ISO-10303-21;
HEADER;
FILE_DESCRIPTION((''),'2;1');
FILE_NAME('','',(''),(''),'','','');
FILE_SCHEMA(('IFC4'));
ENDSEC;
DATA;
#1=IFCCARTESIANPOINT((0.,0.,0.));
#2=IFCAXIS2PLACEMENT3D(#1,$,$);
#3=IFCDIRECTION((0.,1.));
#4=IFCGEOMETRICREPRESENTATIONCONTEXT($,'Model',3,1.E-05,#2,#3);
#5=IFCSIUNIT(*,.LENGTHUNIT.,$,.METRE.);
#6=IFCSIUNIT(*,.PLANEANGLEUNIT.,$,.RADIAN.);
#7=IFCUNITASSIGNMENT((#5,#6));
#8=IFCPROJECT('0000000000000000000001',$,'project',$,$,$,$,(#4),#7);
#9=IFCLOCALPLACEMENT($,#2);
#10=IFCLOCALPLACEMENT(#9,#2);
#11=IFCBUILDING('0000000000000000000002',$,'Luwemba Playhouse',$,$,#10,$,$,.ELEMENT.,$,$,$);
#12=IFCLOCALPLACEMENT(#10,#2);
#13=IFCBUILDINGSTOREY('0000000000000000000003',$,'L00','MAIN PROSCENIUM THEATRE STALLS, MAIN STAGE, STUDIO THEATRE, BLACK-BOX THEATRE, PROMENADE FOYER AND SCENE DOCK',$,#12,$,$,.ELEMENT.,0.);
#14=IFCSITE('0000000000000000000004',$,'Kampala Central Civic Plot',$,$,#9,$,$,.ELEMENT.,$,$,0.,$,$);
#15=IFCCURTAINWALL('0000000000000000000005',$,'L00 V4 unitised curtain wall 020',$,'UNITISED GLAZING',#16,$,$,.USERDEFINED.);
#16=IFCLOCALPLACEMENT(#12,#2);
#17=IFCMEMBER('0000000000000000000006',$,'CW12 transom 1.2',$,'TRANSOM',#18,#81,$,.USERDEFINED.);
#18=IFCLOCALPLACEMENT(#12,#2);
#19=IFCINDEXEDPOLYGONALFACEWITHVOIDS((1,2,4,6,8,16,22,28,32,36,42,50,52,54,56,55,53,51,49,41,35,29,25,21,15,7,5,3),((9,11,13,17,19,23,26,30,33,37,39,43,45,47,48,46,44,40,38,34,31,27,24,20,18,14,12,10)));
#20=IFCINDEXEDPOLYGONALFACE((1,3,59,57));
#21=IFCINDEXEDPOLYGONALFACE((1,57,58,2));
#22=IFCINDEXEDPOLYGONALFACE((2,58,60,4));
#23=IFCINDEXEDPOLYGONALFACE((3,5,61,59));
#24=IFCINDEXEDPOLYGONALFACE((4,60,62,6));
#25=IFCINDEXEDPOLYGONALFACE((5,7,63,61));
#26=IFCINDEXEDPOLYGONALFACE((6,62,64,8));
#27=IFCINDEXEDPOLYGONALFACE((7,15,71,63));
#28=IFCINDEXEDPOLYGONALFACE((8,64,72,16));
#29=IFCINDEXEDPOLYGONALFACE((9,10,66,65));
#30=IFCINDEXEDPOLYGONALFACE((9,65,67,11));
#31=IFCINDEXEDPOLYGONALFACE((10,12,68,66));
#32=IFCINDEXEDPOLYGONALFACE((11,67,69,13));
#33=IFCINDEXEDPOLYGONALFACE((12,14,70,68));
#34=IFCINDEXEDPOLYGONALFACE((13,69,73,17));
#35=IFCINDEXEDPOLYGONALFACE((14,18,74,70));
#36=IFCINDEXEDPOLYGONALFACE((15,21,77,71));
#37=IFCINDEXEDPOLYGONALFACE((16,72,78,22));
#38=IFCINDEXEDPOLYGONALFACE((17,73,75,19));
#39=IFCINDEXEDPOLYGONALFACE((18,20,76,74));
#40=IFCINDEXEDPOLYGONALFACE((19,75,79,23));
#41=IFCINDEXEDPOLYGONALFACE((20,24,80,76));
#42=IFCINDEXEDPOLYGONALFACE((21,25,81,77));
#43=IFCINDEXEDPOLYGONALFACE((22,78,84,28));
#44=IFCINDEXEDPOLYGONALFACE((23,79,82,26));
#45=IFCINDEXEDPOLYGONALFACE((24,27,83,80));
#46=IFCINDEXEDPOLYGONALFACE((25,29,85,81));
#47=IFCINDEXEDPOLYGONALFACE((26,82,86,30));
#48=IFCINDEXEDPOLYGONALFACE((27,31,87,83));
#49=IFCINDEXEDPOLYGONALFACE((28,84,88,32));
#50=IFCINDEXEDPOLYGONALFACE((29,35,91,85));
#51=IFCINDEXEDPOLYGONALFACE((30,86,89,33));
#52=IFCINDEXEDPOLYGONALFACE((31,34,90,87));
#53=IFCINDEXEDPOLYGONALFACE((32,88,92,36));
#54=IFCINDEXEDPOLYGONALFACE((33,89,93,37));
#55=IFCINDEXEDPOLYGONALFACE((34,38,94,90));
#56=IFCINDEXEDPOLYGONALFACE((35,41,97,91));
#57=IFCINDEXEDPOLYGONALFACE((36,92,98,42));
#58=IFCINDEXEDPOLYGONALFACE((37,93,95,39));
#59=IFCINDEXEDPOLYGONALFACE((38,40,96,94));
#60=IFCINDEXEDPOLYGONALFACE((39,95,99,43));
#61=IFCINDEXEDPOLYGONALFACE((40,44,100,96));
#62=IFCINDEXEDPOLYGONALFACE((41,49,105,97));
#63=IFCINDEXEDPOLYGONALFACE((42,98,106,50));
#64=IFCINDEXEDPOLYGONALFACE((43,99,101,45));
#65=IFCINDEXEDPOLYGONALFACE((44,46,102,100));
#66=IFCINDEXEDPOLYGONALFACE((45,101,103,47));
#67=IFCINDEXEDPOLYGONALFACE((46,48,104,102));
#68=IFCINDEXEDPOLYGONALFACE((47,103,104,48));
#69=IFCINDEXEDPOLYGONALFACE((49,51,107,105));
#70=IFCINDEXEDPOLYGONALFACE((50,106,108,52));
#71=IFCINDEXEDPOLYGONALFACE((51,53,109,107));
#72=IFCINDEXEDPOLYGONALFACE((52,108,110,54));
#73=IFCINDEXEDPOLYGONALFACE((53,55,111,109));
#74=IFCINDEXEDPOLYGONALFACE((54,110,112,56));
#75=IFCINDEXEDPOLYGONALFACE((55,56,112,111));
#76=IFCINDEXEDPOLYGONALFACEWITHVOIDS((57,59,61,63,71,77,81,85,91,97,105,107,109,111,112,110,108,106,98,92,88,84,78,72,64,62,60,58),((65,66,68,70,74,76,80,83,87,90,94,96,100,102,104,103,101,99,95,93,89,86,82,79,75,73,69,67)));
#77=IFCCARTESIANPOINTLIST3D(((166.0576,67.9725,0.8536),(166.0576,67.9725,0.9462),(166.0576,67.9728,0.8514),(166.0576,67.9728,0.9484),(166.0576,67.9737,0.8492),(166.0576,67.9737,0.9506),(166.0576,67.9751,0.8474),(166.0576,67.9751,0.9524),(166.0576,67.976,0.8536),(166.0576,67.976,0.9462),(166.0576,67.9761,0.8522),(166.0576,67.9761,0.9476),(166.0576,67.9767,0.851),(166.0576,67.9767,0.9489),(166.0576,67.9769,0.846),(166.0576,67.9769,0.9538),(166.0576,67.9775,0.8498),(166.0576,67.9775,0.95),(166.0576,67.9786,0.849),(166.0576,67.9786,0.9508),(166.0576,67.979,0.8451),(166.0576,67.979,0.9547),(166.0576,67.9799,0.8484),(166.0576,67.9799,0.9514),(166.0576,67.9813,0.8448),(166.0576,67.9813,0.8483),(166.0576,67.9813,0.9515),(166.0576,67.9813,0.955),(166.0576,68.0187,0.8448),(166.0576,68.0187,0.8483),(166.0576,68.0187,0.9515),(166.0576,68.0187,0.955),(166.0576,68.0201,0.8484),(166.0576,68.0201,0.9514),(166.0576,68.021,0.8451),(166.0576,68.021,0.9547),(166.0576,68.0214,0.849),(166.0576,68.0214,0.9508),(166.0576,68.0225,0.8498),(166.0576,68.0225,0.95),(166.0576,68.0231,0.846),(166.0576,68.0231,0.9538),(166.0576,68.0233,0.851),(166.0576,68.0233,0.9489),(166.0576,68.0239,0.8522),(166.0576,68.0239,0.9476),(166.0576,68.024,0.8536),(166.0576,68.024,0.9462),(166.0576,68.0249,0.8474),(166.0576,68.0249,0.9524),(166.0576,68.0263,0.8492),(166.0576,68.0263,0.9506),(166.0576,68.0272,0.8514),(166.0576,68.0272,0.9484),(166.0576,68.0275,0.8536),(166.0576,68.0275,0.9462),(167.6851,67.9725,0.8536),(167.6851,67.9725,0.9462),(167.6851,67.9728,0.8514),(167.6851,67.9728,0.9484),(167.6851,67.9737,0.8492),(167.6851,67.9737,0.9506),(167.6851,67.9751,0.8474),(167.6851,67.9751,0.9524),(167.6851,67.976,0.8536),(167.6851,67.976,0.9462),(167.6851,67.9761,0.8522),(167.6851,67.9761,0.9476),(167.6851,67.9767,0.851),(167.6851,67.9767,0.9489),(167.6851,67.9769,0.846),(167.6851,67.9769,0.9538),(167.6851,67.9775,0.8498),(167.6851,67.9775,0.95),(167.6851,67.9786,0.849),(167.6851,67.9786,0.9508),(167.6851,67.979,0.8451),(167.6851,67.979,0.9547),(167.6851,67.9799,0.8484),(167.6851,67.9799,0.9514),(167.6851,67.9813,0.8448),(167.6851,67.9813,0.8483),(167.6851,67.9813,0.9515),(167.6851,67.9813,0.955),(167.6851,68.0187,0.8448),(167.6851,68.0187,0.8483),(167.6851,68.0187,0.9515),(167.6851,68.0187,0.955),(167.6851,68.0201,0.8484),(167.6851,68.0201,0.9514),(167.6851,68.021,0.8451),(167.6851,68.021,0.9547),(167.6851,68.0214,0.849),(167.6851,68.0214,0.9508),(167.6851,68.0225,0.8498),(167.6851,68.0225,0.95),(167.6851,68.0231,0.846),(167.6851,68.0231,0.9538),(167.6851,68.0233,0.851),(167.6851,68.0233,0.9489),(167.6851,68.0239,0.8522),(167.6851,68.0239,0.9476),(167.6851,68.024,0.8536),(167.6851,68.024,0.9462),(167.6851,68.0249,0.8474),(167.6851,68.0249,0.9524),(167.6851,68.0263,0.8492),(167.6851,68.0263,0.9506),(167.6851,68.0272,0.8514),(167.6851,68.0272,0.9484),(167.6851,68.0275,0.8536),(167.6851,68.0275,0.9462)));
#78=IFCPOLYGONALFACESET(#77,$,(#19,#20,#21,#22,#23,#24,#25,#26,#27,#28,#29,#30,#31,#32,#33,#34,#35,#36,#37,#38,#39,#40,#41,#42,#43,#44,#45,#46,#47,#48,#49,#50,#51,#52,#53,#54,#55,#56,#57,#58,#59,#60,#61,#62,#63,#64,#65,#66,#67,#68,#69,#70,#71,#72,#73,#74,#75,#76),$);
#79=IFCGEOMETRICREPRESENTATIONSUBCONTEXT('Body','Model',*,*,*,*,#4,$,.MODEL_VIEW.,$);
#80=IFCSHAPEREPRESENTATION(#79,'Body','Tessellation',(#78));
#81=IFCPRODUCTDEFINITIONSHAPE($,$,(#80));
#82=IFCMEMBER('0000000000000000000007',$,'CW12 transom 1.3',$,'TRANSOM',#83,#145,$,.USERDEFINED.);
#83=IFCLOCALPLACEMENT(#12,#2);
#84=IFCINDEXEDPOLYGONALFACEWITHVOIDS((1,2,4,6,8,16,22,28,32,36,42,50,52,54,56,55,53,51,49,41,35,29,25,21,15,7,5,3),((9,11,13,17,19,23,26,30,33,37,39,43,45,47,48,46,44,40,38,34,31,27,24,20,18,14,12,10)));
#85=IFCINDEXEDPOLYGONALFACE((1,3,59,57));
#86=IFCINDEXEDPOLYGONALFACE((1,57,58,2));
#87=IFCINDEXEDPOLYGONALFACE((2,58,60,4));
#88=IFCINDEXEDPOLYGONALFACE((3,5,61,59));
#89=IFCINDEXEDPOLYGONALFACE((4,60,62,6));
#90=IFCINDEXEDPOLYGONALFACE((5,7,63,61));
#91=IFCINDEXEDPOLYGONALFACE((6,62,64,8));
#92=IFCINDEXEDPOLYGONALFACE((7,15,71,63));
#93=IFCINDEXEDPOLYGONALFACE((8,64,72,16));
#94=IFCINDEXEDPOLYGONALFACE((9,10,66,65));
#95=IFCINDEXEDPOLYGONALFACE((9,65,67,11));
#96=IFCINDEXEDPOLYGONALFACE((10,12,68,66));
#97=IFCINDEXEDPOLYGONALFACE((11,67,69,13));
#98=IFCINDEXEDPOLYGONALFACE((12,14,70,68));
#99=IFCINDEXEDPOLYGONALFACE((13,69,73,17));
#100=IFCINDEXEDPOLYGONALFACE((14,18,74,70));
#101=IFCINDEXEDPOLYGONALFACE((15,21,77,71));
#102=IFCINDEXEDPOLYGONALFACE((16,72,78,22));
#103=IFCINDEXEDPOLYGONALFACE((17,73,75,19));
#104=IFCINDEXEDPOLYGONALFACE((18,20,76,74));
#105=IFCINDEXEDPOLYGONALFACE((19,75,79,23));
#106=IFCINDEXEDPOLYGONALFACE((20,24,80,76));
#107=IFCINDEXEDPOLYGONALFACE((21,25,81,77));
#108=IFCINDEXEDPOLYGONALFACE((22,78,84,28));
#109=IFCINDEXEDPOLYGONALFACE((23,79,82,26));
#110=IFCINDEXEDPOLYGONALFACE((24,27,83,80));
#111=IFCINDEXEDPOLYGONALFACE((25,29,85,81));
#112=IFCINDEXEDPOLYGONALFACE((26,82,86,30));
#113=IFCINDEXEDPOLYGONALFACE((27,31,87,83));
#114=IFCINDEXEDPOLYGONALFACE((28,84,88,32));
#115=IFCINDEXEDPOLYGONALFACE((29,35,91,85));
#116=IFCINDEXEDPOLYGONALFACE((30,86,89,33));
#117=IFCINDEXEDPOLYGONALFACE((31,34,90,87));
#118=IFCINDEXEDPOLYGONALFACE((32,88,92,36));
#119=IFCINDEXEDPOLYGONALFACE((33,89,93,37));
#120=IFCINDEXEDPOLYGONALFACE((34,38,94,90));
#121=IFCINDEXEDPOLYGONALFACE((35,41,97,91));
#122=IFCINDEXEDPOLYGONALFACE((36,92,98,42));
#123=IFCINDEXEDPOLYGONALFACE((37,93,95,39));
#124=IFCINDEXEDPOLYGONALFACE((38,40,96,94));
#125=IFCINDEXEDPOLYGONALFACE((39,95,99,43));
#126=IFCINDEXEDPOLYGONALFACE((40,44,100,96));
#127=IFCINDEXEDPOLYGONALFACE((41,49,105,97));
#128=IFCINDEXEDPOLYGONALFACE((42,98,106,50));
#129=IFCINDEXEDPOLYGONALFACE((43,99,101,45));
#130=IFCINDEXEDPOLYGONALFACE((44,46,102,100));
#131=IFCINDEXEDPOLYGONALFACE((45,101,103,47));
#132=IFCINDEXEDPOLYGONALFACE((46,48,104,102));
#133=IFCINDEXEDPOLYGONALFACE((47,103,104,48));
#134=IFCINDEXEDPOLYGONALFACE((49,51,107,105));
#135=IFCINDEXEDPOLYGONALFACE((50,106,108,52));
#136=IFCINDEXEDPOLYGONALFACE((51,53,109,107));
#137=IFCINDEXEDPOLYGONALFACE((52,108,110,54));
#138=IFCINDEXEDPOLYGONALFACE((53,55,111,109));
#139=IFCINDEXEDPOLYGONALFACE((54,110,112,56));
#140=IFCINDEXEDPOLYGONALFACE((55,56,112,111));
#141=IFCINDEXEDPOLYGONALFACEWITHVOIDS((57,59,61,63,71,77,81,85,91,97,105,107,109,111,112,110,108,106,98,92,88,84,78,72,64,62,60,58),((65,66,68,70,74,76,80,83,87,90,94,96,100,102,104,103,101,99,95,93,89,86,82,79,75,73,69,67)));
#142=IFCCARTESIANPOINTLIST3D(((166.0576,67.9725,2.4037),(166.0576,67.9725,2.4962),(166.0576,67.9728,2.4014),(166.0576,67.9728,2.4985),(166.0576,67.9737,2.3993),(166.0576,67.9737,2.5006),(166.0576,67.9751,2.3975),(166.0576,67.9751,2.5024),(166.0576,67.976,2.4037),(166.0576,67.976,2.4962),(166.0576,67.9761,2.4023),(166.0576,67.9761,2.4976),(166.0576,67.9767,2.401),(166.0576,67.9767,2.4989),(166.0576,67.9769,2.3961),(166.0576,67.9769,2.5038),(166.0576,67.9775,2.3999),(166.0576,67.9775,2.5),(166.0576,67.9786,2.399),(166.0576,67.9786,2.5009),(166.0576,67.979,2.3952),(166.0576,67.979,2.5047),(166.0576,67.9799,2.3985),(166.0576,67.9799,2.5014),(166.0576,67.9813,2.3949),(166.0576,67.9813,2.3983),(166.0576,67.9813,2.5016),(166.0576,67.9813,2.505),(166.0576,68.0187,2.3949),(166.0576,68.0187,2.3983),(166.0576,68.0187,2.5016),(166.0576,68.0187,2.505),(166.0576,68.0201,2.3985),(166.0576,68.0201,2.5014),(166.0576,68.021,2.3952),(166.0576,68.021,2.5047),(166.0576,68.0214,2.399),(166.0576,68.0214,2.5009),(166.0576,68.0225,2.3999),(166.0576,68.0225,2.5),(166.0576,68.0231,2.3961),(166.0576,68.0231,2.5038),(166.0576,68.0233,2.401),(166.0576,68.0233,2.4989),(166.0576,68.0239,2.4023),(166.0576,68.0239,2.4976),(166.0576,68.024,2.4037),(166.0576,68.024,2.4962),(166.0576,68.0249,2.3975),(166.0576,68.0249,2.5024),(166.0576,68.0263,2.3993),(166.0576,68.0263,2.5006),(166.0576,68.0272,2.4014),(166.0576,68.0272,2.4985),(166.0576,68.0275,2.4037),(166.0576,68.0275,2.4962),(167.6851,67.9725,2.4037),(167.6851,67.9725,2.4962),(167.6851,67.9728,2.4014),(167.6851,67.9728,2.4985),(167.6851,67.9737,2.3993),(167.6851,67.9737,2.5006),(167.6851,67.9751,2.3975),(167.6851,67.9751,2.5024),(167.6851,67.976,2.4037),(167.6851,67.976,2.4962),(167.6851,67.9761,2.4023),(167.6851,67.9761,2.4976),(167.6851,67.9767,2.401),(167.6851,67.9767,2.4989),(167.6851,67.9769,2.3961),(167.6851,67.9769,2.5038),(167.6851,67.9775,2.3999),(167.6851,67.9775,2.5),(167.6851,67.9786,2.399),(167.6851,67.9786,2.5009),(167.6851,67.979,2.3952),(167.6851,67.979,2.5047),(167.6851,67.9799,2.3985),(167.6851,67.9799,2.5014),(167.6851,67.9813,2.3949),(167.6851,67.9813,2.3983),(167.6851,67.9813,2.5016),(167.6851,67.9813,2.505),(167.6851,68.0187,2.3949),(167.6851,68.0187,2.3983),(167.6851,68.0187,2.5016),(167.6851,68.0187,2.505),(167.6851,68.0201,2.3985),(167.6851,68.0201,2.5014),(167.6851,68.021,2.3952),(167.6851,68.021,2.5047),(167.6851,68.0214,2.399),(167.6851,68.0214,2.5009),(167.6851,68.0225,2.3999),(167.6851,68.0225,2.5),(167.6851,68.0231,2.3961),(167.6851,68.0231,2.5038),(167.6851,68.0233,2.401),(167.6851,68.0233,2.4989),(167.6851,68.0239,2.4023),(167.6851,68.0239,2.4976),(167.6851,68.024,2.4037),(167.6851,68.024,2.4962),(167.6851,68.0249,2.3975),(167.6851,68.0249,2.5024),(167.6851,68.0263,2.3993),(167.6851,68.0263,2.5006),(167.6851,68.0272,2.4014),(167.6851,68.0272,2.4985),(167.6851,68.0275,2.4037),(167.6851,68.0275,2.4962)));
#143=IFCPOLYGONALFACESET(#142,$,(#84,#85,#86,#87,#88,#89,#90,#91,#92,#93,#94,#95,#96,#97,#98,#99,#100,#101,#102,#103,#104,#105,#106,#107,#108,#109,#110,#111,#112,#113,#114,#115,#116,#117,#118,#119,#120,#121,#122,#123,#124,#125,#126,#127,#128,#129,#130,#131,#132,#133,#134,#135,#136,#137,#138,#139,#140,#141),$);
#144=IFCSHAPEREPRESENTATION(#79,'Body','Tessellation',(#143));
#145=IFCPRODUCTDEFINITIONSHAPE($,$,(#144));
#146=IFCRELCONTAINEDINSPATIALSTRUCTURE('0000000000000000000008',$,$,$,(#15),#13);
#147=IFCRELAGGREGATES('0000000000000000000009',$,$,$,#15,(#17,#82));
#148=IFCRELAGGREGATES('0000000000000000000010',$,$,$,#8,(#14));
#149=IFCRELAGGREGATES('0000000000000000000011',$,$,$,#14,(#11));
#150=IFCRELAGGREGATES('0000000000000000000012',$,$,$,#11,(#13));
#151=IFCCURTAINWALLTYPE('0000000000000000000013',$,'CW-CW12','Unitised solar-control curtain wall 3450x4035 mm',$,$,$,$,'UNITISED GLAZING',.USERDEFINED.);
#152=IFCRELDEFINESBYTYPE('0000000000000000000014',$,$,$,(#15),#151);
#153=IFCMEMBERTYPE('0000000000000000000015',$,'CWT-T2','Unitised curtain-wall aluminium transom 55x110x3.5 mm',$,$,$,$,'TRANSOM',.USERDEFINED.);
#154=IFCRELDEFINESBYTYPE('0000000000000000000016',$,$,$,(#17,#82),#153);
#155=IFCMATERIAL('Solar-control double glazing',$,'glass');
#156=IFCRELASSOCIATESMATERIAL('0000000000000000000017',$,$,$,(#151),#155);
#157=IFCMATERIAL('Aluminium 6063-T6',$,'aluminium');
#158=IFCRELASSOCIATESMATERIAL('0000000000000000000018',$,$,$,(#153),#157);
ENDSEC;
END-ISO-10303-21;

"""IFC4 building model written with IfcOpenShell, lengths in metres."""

from ifc_helpers import new_model, si_unit, direction, frame, origin, origin_2d, place, context, subcontext, project, spatial, hollow_rectangle, extrude, material, material_profile, profile_set, type_object, element, aggregate, save


model = new_model("IFC4")

# Units and contexts
model_context = context("Model", 3, precision=1e-05, world=origin(), true_north=direction((0.0, 1.0)))
body_context = subcontext(model_context, "Body", "Model", "MODEL_VIEW")
ifc_project = project(units=[si_unit("LENGTHUNIT", "METRE"), si_unit("PLANEANGLEUNIT", "RADIAN")], contexts=[model_context])

# Site, building, storey
site_placement = place(None, origin())
site = spatial("IfcSite", under=ifc_project, at=site_placement, Name="Kampala Central Civic Plot", CompositionType="ELEMENT", RefElevation=0.0)
building_placement = place(site_placement, origin())
building = spatial("IfcBuilding", under=site, at=building_placement, Name="Luwemba Playhouse", CompositionType="ELEMENT")
storey_placement = place(building_placement, origin())
storey = spatial("IfcBuildingStorey", under=building, at=storey_placement, Name="L00", Description="MAIN PROSCENIUM THEATRE STALLS, MAIN STAGE, STUDIO THEATRE, BLACK-BOX THEATRE, PROMENADE FOYER AND SCENE DOCK", CompositionType="ELEMENT", Elevation=0.0)

# Curtain wall, members
ifc_material_1 = material(Name="Solar-control double glazing", Category="glass")
curtain_wall_type = type_object("IfcCurtainWallType", Name="CW-CW12", Description="Unitised solar-control curtain wall 3450x4035 mm", ElementType="UNITISED GLAZING", PredefinedType="USERDEFINED", material=ifc_material_1)
curtain_wall_placement = place(storey_placement, origin())
curtain_wall = element("IfcCurtainWall", 1, at=curtain_wall_placement, inside=storey, type_object=curtain_wall_type, Name="L00 V4 unitised curtain wall 020", ObjectType="UNITISED GLAZING", PredefinedType="USERDEFINED")
ifc_material_2 = material(Name="Aluminium 6063-T6", Category="aluminium")
ifc_material_profile_1 = material_profile(ifc_material_2, hollow_rectangle(XDim=0.0549, YDim=0.1101, WallThickness=0.0034, InnerFilletRadius=0.0054, OuterFilletRadius=0.0088, at=origin_2d()))
ifc_profile_set_1 = profile_set([ifc_material_profile_1], Name="Aluminium 6063-T6")
member_type_1 = type_object("IfcMemberType", Name="CWT-T2", Description="Unitised curtain-wall aluminium transom 55x110x3.5 mm", ElementType="TRANSOM", PredefinedType="USERDEFINED", material=ifc_profile_set_1)
member_1_placement = place(storey_placement, frame((167.6851, 68.0, 0.8999), z_axis=(-1.0, 0.0, 0.0), x_axis=(0.0, -1.0, 0.0)))
member_1 = element("IfcMember", 2, at=member_1_placement, type_object=member_type_1, Name="CW12 transom 1.2", ObjectType="TRANSOM", PredefinedType="USERDEFINED", context=body_context, shape_type="SweptSolid", body=[
    extrude(hollow_rectangle(XDim=0.0549, YDim=0.1101, WallThickness=0.0034, InnerFilletRadius=0.0054, OuterFilletRadius=0.0088, at=origin_2d()), origin(), (0.0, 0.0, 1.0), 1.6274),
])
member_2_placement = place(storey_placement, frame((167.6851, 68.0, 2.45), z_axis=(-1.0, 0.0, 0.0), x_axis=(0.0, -1.0, 0.0)))
member_2 = element("IfcMember", 3, at=member_2_placement, type_object=member_type_1, Name="CW12 transom 1.3", ObjectType="TRANSOM", PredefinedType="USERDEFINED", context=body_context, shape_type="SweptSolid", body=[
    extrude(hollow_rectangle(XDim=0.0549, YDim=0.1101, WallThickness=0.0034, InnerFilletRadius=0.0054, OuterFilletRadius=0.0088, at=origin_2d()), origin(), (0.0, 0.0, 1.0), 1.6274),
])
aggregate(curtain_wall, [member_1, member_2])

save(model, "model.ifc")
